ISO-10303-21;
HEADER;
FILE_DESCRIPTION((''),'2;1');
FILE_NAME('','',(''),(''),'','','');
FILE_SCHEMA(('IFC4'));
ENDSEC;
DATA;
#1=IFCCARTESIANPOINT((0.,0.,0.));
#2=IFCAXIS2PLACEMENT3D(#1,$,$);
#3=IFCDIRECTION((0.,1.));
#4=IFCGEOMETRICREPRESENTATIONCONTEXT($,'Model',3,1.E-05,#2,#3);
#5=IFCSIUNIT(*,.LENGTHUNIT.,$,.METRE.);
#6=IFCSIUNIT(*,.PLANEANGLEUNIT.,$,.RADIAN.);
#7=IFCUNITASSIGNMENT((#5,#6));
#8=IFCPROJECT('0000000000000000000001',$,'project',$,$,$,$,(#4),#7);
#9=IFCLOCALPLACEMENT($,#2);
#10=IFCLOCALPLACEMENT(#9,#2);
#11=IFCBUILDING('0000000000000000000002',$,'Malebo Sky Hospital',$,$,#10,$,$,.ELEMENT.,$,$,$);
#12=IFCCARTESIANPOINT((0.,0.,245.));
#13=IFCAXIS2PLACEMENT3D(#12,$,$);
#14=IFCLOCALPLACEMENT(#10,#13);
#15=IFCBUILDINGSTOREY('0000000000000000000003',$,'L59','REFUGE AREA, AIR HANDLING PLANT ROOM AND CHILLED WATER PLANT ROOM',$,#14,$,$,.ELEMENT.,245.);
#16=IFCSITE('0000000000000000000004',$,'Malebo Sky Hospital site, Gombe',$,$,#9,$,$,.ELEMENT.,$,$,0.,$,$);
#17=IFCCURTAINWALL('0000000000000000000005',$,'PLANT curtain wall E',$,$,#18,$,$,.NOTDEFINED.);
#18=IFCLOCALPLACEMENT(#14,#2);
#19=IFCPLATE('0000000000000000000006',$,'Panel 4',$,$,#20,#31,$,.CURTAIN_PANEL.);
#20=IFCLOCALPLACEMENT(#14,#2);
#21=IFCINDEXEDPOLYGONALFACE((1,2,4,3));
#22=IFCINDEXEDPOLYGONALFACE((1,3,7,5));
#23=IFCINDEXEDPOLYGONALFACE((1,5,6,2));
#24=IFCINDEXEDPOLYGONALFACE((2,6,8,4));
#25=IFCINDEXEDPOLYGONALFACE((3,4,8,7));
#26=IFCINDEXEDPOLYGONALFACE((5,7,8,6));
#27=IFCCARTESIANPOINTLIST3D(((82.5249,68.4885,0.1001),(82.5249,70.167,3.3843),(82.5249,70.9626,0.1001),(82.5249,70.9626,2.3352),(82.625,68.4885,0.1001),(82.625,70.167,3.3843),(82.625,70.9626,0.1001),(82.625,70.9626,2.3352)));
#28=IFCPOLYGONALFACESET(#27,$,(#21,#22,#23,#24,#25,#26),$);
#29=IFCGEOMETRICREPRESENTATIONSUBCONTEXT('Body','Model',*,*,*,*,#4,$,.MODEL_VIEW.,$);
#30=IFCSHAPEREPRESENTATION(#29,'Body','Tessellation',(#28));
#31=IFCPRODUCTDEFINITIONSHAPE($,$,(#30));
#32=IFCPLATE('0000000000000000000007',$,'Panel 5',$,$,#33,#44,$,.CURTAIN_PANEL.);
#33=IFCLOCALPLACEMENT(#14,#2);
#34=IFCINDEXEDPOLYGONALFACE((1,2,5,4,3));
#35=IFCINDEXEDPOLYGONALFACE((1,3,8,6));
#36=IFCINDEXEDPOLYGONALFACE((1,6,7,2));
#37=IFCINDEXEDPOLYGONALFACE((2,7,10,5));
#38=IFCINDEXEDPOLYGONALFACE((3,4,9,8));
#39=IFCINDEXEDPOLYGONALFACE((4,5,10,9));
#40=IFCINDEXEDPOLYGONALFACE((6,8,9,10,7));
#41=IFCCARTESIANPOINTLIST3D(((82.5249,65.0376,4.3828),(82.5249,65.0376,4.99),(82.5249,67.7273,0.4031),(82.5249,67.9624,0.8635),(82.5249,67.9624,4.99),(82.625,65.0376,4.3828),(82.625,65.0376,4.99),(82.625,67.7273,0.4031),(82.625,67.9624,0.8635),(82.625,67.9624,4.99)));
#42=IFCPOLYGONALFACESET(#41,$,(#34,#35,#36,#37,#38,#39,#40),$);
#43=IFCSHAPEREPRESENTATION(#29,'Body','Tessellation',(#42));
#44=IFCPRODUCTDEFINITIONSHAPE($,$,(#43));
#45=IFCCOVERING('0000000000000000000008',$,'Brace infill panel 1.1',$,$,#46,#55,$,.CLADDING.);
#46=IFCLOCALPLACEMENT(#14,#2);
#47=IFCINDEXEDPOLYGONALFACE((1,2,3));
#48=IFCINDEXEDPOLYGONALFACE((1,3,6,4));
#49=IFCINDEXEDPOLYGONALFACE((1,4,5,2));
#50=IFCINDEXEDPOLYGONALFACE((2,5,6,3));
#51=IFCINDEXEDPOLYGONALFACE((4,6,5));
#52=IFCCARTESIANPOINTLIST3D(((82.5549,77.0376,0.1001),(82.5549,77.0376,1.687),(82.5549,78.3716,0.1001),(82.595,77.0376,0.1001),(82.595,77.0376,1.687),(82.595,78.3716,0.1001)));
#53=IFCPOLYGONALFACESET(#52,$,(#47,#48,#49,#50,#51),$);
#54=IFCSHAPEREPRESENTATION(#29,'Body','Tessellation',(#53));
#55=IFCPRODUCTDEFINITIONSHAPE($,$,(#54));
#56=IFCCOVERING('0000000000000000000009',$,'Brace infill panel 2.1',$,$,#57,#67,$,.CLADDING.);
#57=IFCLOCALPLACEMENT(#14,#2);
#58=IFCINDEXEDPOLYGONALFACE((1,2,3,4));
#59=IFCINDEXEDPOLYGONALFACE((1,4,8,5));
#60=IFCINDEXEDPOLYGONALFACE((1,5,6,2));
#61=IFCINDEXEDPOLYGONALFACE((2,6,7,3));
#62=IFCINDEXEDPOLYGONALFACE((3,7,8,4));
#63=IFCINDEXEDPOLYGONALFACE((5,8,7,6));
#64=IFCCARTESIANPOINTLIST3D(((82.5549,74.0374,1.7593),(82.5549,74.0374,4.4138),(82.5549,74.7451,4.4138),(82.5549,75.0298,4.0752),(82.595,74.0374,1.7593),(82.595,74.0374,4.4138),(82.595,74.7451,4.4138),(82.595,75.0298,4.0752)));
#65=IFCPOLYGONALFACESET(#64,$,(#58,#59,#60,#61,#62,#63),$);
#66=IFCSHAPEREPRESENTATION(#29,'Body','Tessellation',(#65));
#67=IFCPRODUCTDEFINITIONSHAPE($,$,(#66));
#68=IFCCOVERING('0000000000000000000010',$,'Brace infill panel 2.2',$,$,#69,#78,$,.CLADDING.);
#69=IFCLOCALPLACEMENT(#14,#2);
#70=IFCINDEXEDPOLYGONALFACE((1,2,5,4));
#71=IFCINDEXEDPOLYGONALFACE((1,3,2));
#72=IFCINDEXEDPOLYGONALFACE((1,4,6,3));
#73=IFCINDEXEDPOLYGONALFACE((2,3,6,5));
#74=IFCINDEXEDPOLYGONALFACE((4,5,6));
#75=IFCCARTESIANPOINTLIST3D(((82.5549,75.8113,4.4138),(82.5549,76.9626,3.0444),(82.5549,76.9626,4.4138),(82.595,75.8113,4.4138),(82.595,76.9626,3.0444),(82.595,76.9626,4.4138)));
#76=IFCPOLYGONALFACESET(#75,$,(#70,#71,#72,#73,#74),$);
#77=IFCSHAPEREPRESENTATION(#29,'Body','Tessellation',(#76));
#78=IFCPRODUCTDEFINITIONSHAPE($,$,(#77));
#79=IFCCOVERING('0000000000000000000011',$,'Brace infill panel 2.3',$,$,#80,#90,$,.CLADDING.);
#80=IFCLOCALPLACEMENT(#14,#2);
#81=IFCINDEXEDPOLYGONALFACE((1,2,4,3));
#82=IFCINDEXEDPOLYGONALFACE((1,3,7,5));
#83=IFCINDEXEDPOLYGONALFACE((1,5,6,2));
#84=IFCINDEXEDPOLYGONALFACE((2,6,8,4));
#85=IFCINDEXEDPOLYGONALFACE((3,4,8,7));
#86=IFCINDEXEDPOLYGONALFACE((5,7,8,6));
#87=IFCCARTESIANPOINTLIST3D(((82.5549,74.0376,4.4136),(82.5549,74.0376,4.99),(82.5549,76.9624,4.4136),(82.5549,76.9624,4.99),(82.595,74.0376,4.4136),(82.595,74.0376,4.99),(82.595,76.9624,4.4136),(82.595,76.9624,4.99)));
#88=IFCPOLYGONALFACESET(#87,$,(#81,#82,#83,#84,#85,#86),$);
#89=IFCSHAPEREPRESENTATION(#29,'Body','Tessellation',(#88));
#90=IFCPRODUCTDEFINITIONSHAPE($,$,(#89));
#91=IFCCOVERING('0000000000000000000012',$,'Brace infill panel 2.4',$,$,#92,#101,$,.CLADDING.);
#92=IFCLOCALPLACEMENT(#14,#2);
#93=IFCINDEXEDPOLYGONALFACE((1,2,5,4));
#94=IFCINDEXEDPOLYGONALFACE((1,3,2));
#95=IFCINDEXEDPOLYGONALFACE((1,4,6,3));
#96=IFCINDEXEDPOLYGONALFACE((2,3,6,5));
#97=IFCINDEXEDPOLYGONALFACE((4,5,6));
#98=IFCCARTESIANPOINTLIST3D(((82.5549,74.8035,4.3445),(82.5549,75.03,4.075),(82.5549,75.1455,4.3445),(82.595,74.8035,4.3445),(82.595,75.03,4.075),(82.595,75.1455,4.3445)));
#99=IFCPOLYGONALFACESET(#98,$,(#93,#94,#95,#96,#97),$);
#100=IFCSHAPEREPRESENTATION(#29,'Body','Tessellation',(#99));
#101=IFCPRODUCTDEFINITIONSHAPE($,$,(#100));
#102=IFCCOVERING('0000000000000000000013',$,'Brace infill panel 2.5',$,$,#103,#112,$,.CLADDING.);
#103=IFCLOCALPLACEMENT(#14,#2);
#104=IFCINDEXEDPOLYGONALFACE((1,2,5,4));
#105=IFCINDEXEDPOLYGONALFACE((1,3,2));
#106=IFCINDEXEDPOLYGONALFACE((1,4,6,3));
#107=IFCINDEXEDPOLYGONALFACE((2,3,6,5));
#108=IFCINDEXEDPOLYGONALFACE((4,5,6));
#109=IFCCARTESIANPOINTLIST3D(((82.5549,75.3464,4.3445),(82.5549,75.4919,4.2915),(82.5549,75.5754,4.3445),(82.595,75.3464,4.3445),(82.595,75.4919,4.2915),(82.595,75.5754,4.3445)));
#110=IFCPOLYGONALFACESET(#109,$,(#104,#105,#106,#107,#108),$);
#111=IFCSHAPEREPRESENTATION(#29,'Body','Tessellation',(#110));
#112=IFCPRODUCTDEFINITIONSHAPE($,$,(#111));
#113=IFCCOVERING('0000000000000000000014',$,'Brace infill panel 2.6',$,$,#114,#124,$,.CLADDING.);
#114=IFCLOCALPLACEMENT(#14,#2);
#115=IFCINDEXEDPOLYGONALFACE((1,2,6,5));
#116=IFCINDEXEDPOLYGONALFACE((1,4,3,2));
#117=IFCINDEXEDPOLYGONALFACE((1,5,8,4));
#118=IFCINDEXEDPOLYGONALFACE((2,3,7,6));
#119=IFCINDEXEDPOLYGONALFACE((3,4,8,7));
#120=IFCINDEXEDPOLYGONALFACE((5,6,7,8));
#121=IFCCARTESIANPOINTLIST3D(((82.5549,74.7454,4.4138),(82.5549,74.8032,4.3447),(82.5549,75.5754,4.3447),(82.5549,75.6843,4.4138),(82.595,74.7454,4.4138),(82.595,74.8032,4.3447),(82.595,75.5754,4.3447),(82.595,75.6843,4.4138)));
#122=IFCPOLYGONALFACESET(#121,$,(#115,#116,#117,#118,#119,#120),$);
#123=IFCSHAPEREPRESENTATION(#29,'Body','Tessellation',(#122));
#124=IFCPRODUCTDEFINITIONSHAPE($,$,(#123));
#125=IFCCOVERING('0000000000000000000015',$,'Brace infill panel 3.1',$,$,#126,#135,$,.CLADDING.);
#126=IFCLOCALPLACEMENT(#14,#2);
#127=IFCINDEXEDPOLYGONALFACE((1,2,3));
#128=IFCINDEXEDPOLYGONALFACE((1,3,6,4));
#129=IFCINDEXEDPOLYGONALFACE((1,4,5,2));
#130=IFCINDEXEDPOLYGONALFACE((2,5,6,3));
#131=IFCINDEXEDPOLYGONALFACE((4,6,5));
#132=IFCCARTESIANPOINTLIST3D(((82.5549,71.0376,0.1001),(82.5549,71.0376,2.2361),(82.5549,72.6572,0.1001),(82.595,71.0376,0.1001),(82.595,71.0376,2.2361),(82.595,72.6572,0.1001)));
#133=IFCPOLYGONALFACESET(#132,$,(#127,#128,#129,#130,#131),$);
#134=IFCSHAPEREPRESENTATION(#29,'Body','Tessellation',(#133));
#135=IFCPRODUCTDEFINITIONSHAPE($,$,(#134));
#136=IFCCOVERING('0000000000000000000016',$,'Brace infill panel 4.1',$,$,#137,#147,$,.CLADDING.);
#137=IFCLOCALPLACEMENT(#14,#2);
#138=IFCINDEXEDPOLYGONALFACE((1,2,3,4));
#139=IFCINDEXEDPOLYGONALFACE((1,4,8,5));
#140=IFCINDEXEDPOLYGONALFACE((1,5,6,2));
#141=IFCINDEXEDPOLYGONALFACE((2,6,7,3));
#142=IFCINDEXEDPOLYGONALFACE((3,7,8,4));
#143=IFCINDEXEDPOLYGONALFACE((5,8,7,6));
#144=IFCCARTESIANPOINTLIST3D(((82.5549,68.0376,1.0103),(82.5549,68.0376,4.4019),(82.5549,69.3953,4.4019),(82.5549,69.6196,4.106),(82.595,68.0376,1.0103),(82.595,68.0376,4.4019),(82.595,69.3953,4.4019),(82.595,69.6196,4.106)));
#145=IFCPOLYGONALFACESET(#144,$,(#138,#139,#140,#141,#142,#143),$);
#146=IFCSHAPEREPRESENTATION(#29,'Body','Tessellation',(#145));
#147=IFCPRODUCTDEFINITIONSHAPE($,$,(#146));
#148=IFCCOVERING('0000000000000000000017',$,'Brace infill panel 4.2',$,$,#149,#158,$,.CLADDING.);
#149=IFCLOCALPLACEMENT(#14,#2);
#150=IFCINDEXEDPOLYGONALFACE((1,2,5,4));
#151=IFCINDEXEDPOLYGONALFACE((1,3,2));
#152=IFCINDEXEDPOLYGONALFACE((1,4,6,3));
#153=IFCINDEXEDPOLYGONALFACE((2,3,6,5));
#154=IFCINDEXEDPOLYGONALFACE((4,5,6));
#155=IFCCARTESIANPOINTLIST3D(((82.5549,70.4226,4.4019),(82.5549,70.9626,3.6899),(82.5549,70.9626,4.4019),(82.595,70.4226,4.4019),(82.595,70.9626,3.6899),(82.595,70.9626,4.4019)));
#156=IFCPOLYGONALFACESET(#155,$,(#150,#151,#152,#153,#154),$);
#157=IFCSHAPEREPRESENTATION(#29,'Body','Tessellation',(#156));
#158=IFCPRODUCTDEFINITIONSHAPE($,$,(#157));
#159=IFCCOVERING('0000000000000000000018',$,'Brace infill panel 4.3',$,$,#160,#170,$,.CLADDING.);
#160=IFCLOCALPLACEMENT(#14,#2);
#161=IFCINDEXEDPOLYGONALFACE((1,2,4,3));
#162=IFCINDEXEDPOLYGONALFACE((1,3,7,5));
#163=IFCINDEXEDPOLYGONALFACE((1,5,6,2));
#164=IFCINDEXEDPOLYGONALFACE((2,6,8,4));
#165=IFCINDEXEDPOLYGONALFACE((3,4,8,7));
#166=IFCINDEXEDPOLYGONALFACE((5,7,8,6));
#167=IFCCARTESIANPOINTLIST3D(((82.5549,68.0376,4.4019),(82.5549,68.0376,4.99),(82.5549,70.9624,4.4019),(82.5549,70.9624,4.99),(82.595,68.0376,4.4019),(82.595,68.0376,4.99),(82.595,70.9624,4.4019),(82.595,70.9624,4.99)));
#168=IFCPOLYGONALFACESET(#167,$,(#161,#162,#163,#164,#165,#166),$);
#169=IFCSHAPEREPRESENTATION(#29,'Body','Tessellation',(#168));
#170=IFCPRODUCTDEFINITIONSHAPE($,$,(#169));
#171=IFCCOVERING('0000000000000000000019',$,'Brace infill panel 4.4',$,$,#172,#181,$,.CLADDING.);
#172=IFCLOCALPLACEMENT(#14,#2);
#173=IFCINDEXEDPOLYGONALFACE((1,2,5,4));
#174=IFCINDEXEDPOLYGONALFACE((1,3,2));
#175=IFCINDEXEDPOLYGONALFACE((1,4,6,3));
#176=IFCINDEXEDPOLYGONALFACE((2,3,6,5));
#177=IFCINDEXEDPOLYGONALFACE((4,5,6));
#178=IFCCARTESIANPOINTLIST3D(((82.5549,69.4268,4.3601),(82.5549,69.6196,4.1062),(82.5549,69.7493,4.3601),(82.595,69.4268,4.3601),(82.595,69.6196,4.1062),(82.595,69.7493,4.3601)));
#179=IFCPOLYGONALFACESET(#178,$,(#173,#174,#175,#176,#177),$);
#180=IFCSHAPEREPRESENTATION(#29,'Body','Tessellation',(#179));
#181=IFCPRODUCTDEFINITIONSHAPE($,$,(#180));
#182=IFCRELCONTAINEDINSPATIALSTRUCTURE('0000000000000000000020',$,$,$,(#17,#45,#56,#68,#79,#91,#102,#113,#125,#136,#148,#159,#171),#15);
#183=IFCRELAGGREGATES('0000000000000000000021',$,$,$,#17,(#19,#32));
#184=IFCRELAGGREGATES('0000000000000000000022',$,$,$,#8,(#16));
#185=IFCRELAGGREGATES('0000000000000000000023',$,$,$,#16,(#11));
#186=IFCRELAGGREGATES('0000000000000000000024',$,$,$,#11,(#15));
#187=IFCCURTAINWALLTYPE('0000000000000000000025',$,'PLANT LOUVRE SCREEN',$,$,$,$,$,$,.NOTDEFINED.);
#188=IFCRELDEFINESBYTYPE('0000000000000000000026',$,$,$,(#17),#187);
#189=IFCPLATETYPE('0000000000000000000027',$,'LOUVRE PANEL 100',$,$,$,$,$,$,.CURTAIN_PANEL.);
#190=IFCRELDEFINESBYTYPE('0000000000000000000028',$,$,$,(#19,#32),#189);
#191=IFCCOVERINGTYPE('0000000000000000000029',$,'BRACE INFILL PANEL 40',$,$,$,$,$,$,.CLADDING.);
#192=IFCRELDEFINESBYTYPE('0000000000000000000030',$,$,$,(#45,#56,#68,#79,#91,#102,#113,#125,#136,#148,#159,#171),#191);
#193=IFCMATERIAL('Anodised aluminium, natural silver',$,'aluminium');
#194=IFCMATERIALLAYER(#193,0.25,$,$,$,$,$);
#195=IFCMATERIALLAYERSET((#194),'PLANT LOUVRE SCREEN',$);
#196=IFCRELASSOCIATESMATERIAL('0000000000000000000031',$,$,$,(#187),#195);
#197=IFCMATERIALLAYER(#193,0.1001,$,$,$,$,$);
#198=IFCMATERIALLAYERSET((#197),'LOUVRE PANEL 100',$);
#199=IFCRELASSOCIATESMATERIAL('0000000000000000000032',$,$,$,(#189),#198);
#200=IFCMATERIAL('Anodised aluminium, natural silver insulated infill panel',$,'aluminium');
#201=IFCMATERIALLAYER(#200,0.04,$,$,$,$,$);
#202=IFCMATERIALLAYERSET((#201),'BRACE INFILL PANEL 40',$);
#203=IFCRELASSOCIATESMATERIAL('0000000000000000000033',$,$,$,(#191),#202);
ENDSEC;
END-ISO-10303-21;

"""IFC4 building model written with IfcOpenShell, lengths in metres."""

from ifc_helpers import new_model, si_unit, direction, frame, origin, place, context, subcontext, project, spatial, polyline, outline, extrude, material, layer, layer_set, type_object, element, aggregate, save


model = new_model("IFC4")

# Units and contexts
model_context = context("Model", 3, precision=1e-05, world=origin(), true_north=direction((0.0, 1.0)))
body_context = subcontext(model_context, "Body", "Model", "MODEL_VIEW")
ifc_project = project(units=[si_unit("LENGTHUNIT", "METRE"), si_unit("PLANEANGLEUNIT", "RADIAN")], contexts=[model_context])

# Site, building, storey
site_placement = place(None, origin())
site = spatial("IfcSite", under=ifc_project, at=site_placement, Name="Malebo Sky Hospital site, Gombe", CompositionType="ELEMENT", RefElevation=0.0)
building_placement = place(site_placement, origin())
building = spatial("IfcBuilding", under=site, at=building_placement, Name="Malebo Sky Hospital", CompositionType="ELEMENT")
storey_placement = place(building_placement, frame((0.0, 0.0, 245.0)))
storey = spatial("IfcBuildingStorey", under=building, at=storey_placement, Name="L59", Description="REFUGE AREA, AIR HANDLING PLANT ROOM AND CHILLED WATER PLANT ROOM", CompositionType="ELEMENT", Elevation=245.0)

# Curtain wall
ifc_material_1 = material(Name="Anodised aluminium, natural silver", Category="aluminium")
ifc_layer_1 = layer(ifc_material_1, 0.25)
ifc_layer_set_1 = layer_set([ifc_layer_1], Name="PLANT LOUVRE SCREEN")
curtain_wall_type = type_object("IfcCurtainWallType", Name="PLANT LOUVRE SCREEN", PredefinedType="NOTDEFINED", material=ifc_layer_set_1)
curtain_wall_placement = place(storey_placement, origin())
curtain_wall = element("IfcCurtainWall", 1, at=curtain_wall_placement, inside=storey, type_object=curtain_wall_type, Name="PLANT curtain wall E", PredefinedType="NOTDEFINED")

# Plates
ifc_layer_2 = layer(ifc_material_1, 0.1001)
ifc_layer_set_2 = layer_set([ifc_layer_2], Name="LOUVRE PANEL 100")
plate_type = type_object("IfcPlateType", Name="LOUVRE PANEL 100", PredefinedType="CURTAIN_PANEL", material=ifc_layer_set_2)
plate_1_placement = place(storey_placement, frame((82.575, 69.7256, 0.1001), z_axis=(0.0, 0.0, 1.0), x_axis=(0.0, -1.0, 0.0)))
plate_1 = element("IfcPlate", 2, at=plate_1_placement, type_object=plate_type, Name="Panel 4", PredefinedType="CURTAIN_PANEL", context=body_context, shape_type="SweptSolid", body=[
    extrude(outline(polyline([(-1.2371, 0.0), (1.2371, 0.0), (-0.4414, 3.2842), (-1.2371, 2.2351), (-1.2371, 0.0)])), frame((0.0, 0.05, 0.0), z_axis=(0.0, -1.0, 0.0), x_axis=(1.0, 0.0, 0.0)), (0.0, 0.0, 1.0), 0.1001),
])
plate_2_placement = place(storey_placement, frame((82.575, 66.5, 0.4031), z_axis=(0.0, 0.0, 1.0), x_axis=(0.0, -1.0, 0.0)))
plate_2 = element("IfcPlate", 3, at=plate_2_placement, type_object=plate_type, Name="Panel 5", PredefinedType="CURTAIN_PANEL", context=body_context, shape_type="SweptSolid", body=[
    extrude(outline(polyline([(-1.2273, 0.0), (1.4624, 3.9797), (1.4624, 4.5869), (-1.4624, 4.5869), (-1.4624, 0.4604), (-1.2273, 0.0)])), frame((0.0, 0.05, 0.0), z_axis=(0.0, -1.0, 0.0), x_axis=(1.0, 0.0, 0.0)), (0.0, 0.0, 1.0), 0.1001),
])
aggregate(curtain_wall, [plate_1, plate_2])

# Coverings
ifc_material_2 = material(Name="Anodised aluminium, natural silver insulated infill panel", Category="aluminium")
ifc_layer_3 = layer(ifc_material_2, 0.04)
ifc_layer_set_3 = layer_set([ifc_layer_3], Name="BRACE INFILL PANEL 40")
covering_type = type_object("IfcCoveringType", Name="BRACE INFILL PANEL 40", PredefinedType="CLADDING", material=ifc_layer_set_3)
covering_1_placement = place(storey_placement, frame((82.575, 77.7046, 0.1001), z_axis=(0.0, 0.0, 1.0), x_axis=(0.0, -1.0, 0.0)))
element("IfcCovering", 4, at=covering_1_placement, inside=storey, type_object=covering_type, Name="Brace infill panel 1.1", PredefinedType="CLADDING", context=body_context, shape_type="SweptSolid", body=[
    extrude(outline(polyline([(-0.667, 0.0), (0.667, 0.0), (0.667, 1.5869), (-0.667, 0.0)])), frame((0.0, 0.02, 0.0), z_axis=(0.0, -1.0, 0.0), x_axis=(1.0, 0.0, 0.0)), (0.0, 0.0, 1.0), 0.04),
])
covering_2_placement = place(storey_placement, frame((82.575, 74.5337, 1.7593), z_axis=(0.0, 0.0, 1.0), x_axis=(0.0, -1.0, 0.0)))
element("IfcCovering", 5, at=covering_2_placement, inside=storey, type_object=covering_type, Name="Brace infill panel 2.1", PredefinedType="CLADDING", context=body_context, shape_type="SweptSolid", body=[
    extrude(outline(polyline([(0.4963, 0.0), (0.4963, 2.6545), (-0.2114, 2.6545), (-0.4961, 2.3159), (0.4963, 0.0)])), frame((0.0, 0.02, 0.0), z_axis=(0.0, -1.0, 0.0), x_axis=(1.0, 0.0, 0.0)), (0.0, 0.0, 1.0), 0.04),
])
covering_3_placement = place(storey_placement, frame((82.575, 76.387, 3.0444), z_axis=(0.0, 0.0, 1.0), x_axis=(0.0, -1.0, 0.0)))
element("IfcCovering", 6, at=covering_3_placement, inside=storey, type_object=covering_type, Name="Brace infill panel 2.2", PredefinedType="CLADDING", context=body_context, shape_type="SweptSolid", body=[
    extrude(outline(polyline([(-0.5757, 0.0), (0.5757, 1.3694), (-0.5757, 1.3694), (-0.5757, 0.0)])), frame((0.0, 0.02, 0.0), z_axis=(0.0, -1.0, 0.0), x_axis=(1.0, 0.0, 0.0)), (0.0, 0.0, 1.0), 0.04),
])
covering_4_placement = place(storey_placement, frame((82.575, 75.5, 4.4136), z_axis=(0.0, 0.0, 1.0), x_axis=(0.0, -1.0, 0.0)))
element("IfcCovering", 7, at=covering_4_placement, inside=storey, type_object=covering_type, Name="Brace infill panel 2.3", PredefinedType="CLADDING", context=body_context, shape_type="SweptSolid", body=[
    extrude(outline(polyline([(-1.4624, 0.0), (1.4624, 0.0), (1.4624, 0.5764), (-1.4624, 0.5764), (-1.4624, 0.0)])), frame((0.0, 0.02, 0.0), z_axis=(0.0, -1.0, 0.0), x_axis=(1.0, 0.0, 0.0)), (0.0, 0.0, 1.0), 0.04),
])
covering_5_placement = place(storey_placement, frame((82.575, 74.9746, 4.075), z_axis=(0.0, 0.0, 1.0), x_axis=(0.0, -1.0, 0.0)))
element("IfcCovering", 8, at=covering_5_placement, inside=storey, type_object=covering_type, Name="Brace infill panel 2.4", PredefinedType="CLADDING", context=body_context, shape_type="SweptSolid", body=[
    extrude(outline(polyline([(-0.0554, 0.0), (0.1711, 0.2695), (-0.1709, 0.2695), (-0.0554, 0.0)])), frame((0.0, 0.02, 0.0), z_axis=(0.0, -1.0, 0.0), x_axis=(1.0, 0.0, 0.0)), (0.0, 0.0, 1.0), 0.04),
])
covering_6_placement = place(storey_placement, frame((82.575, 75.4609, 4.2915), z_axis=(0.0, 0.0, 1.0), x_axis=(0.0, -1.0, 0.0)))
element("IfcCovering", 9, at=covering_6_placement, inside=storey, type_object=covering_type, Name="Brace infill panel 2.5", PredefinedType="CLADDING", context=body_context, shape_type="SweptSolid", body=[
    extrude(outline(polyline([(-0.031, 0.0), (0.1145, 0.053), (-0.1145, 0.053), (-0.031, 0.0)])), frame((0.0, 0.02, 0.0), z_axis=(0.0, -1.0, 0.0), x_axis=(1.0, 0.0, 0.0)), (0.0, 0.0, 1.0), 0.04),
])
covering_7_placement = place(storey_placement, frame((82.575, 75.2148, 4.3447), z_axis=(0.0, 0.0, 1.0), x_axis=(0.0, -1.0, 0.0)))
element("IfcCovering", 10, at=covering_7_placement, inside=storey, type_object=covering_type, Name="Brace infill panel 2.6", PredefinedType="CLADDING", context=body_context, shape_type="SweptSolid", body=[
    extrude(outline(polyline([(-0.3606, 0.0), (0.4116, 0.0), (0.4695, 0.0691), (-0.4695, 0.0691), (-0.3606, 0.0)])), frame((0.0, 0.02, 0.0), z_axis=(0.0, -1.0, 0.0), x_axis=(1.0, 0.0, 0.0)), (0.0, 0.0, 1.0), 0.04),
])
covering_8_placement = place(storey_placement, frame((82.575, 71.8474, 0.1001), z_axis=(0.0, 0.0, 1.0), x_axis=(0.0, -1.0, 0.0)))
element("IfcCovering", 11, at=covering_8_placement, inside=storey, type_object=covering_type, Name="Brace infill panel 3.1", PredefinedType="CLADDING", context=body_context, shape_type="SweptSolid", body=[
    extrude(outline(polyline([(-0.8098, 0.0), (0.8098, 0.0), (0.8098, 2.136), (-0.8098, 0.0)])), frame((0.0, 0.02, 0.0), z_axis=(0.0, -1.0, 0.0), x_axis=(1.0, 0.0, 0.0)), (0.0, 0.0, 1.0), 0.04),
])
covering_9_placement = place(storey_placement, frame((82.575, 68.8286, 1.0103), z_axis=(0.0, 0.0, 1.0), x_axis=(0.0, -1.0, 0.0)))
element("IfcCovering", 12, at=covering_9_placement, inside=storey, type_object=covering_type, Name="Brace infill panel 4.1", PredefinedType="CLADDING", context=body_context, shape_type="SweptSolid", body=[
    extrude(outline(polyline([(0.791, 0.0), (0.791, 3.3916), (-0.5667, 3.3916), (-0.791, 3.0957), (0.791, 0.0)])), frame((0.0, 0.02, 0.0), z_axis=(0.0, -1.0, 0.0), x_axis=(1.0, 0.0, 0.0)), (0.0, 0.0, 1.0), 0.04),
])
covering_10_placement = place(storey_placement, frame((82.575, 70.6926, 3.6899), z_axis=(0.0, 0.0, 1.0), x_axis=(0.0, -1.0, 0.0)))
element("IfcCovering", 13, at=covering_10_placement, inside=storey, type_object=covering_type, Name="Brace infill panel 4.2", PredefinedType="CLADDING", context=body_context, shape_type="SweptSolid", body=[
    extrude(outline(polyline([(-0.27, 0.0), (0.27, 0.7119), (-0.27, 0.7119), (-0.27, 0.0)])), frame((0.0, 0.02, 0.0), z_axis=(0.0, -1.0, 0.0), x_axis=(1.0, 0.0, 0.0)), (0.0, 0.0, 1.0), 0.04),
])
covering_11_placement = place(storey_placement, frame((82.575, 69.5, 4.4019), z_axis=(0.0, 0.0, 1.0), x_axis=(0.0, -1.0, 0.0)))
element("IfcCovering", 14, at=covering_11_placement, inside=storey, type_object=covering_type, Name="Brace infill panel 4.3", PredefinedType="CLADDING", context=body_context, shape_type="SweptSolid", body=[
    extrude(outline(polyline([(-1.4624, 0.0), (1.4624, 0.0), (1.4624, 0.5881), (-1.4624, 0.5881), (-1.4624, 0.0)])), frame((0.0, 0.02, 0.0), z_axis=(0.0, -1.0, 0.0), x_axis=(1.0, 0.0, 0.0)), (0.0, 0.0, 1.0), 0.04),
])
covering_12_placement = place(storey_placement, frame((82.575, 69.5881, 4.1062), z_axis=(0.0, 0.0, 1.0), x_axis=(0.0, -1.0, 0.0)))
element("IfcCovering", 15, at=covering_12_placement, inside=storey, type_object=covering_type, Name="Brace infill panel 4.4", PredefinedType="CLADDING", context=body_context, shape_type="SweptSolid", body=[
    extrude(outline(polyline([(-0.0315, 0.0), (0.1614, 0.2539), (-0.1611, 0.2539), (-0.0315, 0.0)])), frame((0.0, 0.02, 0.0), z_axis=(0.0, -1.0, 0.0), x_axis=(1.0, 0.0, 0.0)), (0.0, 0.0, 1.0), 0.04),
])

save(model, "model.ifc")
